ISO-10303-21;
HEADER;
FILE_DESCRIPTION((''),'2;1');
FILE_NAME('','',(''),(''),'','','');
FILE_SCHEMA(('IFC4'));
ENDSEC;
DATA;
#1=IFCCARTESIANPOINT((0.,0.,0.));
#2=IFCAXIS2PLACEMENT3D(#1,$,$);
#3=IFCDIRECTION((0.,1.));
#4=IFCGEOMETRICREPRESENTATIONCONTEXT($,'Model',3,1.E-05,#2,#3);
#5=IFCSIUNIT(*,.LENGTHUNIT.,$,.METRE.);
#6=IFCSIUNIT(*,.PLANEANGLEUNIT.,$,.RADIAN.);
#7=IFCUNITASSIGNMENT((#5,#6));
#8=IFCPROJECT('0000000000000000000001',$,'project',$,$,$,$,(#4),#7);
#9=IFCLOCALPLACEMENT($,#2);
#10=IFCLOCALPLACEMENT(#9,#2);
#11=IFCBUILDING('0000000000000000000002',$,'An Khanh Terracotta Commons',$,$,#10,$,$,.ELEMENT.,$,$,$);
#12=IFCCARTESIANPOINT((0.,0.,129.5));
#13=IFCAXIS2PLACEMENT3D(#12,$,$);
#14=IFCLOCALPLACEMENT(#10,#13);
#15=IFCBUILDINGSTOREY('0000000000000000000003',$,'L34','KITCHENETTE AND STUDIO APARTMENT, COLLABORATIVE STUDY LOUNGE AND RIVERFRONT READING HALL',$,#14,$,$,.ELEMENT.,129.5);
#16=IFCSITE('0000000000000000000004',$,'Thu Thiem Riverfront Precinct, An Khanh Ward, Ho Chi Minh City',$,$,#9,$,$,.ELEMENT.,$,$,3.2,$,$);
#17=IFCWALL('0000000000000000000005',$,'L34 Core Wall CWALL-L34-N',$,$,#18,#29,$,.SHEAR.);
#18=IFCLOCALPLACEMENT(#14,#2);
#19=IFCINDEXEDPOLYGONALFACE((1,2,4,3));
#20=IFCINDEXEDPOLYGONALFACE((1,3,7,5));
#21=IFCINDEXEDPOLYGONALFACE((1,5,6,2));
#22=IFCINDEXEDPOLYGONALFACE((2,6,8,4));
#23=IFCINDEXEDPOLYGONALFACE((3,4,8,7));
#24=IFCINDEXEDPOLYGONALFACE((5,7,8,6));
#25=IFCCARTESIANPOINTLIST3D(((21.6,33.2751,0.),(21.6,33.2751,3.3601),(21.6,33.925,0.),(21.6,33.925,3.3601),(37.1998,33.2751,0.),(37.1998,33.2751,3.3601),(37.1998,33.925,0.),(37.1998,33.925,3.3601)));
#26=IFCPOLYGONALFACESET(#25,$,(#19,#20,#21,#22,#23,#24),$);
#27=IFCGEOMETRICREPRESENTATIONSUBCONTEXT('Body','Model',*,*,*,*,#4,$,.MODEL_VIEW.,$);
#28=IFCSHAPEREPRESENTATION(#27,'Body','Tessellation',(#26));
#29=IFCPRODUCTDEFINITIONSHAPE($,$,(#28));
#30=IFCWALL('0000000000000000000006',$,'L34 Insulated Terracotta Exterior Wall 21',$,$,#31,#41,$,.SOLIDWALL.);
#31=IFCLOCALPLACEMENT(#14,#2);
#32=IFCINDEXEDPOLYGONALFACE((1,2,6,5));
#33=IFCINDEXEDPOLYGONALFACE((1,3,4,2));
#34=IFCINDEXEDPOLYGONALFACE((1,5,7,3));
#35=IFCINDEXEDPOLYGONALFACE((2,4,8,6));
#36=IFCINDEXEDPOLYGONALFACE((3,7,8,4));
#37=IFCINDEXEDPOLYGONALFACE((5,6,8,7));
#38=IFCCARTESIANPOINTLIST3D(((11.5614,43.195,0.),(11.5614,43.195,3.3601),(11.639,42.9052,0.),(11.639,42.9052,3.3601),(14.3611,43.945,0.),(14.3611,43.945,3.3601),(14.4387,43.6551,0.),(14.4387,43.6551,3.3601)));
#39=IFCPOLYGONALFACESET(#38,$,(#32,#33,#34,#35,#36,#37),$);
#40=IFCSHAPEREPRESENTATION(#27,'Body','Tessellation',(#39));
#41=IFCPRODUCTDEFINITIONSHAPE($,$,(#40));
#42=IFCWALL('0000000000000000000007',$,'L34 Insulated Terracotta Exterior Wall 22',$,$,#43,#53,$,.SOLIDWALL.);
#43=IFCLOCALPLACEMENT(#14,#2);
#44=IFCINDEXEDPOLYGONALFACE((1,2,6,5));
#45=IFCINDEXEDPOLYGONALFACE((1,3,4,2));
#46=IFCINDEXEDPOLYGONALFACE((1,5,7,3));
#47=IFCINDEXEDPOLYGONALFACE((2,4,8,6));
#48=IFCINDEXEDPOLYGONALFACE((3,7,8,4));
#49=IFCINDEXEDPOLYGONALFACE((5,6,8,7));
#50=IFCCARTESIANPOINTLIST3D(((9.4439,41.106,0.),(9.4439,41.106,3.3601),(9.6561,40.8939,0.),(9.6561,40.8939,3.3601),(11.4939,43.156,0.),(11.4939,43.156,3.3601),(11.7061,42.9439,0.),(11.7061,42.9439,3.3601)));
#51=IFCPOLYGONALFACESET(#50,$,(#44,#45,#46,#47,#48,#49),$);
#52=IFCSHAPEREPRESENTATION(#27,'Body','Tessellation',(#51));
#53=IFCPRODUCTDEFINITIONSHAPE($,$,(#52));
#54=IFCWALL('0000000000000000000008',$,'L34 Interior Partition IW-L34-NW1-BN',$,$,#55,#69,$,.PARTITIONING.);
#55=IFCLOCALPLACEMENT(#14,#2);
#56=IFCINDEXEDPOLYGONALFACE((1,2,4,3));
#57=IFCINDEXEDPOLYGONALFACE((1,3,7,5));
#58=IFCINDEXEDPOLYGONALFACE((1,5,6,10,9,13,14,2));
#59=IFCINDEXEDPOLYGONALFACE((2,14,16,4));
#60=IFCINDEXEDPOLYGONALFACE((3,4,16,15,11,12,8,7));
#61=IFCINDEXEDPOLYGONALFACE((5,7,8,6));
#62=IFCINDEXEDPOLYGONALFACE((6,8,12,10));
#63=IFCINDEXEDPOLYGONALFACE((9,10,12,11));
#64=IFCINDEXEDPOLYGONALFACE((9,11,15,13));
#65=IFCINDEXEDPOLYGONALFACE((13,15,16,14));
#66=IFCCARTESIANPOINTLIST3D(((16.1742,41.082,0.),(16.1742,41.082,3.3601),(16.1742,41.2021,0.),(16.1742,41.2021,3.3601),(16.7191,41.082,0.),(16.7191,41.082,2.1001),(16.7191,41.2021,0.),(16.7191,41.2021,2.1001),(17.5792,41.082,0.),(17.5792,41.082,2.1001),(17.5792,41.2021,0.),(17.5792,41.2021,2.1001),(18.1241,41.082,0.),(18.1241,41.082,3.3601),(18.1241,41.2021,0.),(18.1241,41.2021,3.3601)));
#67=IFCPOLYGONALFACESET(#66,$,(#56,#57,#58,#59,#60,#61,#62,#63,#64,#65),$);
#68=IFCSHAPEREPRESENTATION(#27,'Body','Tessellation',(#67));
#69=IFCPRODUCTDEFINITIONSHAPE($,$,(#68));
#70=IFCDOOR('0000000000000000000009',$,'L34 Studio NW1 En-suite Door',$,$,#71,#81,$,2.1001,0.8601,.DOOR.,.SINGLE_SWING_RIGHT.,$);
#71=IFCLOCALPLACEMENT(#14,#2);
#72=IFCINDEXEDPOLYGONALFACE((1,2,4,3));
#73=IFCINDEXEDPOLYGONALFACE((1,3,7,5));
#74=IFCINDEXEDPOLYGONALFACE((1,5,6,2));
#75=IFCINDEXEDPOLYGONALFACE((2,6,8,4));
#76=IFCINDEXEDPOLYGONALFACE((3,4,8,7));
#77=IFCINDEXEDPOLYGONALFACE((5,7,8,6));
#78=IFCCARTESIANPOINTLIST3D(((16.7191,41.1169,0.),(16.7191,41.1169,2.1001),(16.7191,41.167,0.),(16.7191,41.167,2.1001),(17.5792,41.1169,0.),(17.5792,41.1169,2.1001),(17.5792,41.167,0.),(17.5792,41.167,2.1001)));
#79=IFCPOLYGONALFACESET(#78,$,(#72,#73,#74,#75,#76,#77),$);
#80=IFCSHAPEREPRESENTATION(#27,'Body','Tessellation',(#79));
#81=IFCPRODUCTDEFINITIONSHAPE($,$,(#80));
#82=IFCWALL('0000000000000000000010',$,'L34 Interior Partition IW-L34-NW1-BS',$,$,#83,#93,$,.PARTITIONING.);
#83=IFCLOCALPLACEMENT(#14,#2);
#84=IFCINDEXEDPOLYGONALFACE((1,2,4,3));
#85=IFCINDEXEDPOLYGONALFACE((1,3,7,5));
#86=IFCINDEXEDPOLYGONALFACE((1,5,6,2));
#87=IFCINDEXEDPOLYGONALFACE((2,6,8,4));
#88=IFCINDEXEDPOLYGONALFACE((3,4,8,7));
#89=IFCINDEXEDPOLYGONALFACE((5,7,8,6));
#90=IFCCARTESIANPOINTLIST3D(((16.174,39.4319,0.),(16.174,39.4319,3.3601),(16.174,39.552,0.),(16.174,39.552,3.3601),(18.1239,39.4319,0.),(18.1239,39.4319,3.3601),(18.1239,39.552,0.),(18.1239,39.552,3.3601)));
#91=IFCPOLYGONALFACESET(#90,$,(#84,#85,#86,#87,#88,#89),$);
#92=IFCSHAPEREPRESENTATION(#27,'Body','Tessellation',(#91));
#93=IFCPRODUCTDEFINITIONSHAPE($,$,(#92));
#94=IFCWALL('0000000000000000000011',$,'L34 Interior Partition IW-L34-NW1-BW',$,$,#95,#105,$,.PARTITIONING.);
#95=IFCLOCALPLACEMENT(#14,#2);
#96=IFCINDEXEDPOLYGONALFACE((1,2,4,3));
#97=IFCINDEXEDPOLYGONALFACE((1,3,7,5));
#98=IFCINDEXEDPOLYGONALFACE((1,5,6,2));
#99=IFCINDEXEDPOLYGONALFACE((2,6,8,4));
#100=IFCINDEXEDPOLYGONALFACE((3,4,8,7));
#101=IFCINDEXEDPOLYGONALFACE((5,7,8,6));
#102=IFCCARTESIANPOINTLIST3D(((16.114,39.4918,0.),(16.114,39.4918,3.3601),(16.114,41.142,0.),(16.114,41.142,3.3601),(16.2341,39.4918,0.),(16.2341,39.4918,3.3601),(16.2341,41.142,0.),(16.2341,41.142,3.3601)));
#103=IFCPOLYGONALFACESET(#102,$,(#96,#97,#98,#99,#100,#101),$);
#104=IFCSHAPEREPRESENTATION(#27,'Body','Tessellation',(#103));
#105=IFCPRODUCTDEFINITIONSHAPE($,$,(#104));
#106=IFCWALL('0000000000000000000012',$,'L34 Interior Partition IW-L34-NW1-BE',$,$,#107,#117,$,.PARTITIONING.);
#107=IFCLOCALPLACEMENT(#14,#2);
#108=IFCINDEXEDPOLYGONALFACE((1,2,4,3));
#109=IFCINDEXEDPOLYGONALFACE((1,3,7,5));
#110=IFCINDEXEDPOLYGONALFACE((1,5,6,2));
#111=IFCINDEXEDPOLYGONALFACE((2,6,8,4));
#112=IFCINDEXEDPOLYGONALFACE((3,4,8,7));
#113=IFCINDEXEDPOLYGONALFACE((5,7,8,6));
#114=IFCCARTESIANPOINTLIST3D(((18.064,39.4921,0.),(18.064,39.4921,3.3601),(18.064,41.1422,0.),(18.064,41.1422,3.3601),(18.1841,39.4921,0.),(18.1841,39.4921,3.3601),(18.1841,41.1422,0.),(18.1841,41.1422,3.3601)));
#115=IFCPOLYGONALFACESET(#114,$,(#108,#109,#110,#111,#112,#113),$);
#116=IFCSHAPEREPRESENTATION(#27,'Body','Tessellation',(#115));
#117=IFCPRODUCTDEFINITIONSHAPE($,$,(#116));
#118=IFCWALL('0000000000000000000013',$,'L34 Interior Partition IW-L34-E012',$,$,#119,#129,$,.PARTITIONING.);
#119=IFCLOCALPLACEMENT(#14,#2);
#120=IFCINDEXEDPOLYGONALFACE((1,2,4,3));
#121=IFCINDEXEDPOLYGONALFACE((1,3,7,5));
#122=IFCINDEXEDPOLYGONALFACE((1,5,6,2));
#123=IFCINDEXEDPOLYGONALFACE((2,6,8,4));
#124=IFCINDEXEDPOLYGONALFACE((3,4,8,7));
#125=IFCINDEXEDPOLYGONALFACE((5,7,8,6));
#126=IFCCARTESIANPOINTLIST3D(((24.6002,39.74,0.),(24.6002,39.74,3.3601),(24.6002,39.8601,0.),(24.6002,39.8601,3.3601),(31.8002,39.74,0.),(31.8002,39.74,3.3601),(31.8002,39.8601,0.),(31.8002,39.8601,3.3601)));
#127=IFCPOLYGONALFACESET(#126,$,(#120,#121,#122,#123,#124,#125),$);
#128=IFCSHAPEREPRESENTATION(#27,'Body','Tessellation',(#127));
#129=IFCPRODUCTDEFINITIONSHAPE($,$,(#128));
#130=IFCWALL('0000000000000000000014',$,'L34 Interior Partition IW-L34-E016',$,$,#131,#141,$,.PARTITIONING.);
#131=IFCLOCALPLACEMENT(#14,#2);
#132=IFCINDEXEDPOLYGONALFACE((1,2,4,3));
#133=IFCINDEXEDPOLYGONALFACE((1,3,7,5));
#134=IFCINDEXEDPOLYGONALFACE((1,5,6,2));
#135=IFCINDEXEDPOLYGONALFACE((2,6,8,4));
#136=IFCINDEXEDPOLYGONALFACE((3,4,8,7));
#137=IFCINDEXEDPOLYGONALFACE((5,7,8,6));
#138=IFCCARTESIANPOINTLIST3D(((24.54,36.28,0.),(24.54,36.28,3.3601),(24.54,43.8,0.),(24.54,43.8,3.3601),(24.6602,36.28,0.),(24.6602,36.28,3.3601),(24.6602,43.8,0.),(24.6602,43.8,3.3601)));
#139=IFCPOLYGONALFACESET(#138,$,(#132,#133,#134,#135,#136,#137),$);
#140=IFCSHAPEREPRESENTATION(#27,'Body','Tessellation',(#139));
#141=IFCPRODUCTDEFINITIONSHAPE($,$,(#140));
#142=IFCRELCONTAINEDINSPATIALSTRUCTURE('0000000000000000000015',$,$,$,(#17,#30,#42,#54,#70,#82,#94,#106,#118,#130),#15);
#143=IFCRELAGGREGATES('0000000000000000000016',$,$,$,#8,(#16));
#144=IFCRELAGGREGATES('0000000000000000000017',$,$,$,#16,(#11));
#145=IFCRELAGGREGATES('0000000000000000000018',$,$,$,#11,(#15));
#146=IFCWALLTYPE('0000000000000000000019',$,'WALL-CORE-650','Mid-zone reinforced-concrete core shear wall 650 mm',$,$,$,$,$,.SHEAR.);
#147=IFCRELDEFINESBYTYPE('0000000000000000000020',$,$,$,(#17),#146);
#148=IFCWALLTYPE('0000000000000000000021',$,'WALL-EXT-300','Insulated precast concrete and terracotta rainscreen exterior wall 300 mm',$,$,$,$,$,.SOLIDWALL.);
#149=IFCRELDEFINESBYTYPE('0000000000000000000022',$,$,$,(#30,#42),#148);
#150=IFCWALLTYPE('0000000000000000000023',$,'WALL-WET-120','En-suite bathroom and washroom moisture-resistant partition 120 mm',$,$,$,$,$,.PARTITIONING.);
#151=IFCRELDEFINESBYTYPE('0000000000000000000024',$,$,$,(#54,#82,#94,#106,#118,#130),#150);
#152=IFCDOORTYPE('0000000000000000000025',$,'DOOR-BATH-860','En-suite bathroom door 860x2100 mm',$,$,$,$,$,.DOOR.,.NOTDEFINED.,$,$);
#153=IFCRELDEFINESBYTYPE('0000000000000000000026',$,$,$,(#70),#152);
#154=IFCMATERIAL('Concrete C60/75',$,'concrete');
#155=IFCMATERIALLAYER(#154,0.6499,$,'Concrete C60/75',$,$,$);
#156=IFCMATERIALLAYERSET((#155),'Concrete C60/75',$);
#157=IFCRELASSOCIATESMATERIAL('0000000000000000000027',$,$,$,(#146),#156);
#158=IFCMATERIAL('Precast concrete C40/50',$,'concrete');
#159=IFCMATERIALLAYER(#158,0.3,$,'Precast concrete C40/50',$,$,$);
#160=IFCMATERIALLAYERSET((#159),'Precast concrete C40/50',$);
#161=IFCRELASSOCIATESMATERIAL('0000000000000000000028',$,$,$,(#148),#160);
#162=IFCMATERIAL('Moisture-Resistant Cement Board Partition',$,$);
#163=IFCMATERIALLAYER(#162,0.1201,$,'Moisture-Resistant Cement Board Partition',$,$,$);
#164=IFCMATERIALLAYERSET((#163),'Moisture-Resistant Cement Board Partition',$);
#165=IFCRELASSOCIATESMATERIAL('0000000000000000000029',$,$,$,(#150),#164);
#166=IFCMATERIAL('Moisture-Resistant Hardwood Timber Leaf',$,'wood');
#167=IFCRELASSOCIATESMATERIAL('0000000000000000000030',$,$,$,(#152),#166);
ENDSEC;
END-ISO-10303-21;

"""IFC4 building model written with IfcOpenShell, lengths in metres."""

from ifc_helpers import new_model, si_unit, direction, frame, frame_2d, origin, place, context, subcontext, project, spatial, rectangle, extrude, material, layer, layer_set, type_object, element, fill, save


model = new_model("IFC4")

# Units and contexts
model_context = context("Model", 3, precision=1e-05, world=origin(), true_north=direction((0.0, 1.0)))
body_context = subcontext(model_context, "Body", "Model", "MODEL_VIEW")
ifc_project = project(units=[si_unit("LENGTHUNIT", "METRE"), si_unit("PLANEANGLEUNIT", "RADIAN")], contexts=[model_context])

# Site, building, storey
site_placement = place(None, origin())
site = spatial("IfcSite", under=ifc_project, at=site_placement, Name="Thu Thiem Riverfront Precinct, An Khanh Ward, Ho Chi Minh City", CompositionType="ELEMENT", RefElevation=3.2)
building_placement = place(site_placement, origin())
building = spatial("IfcBuilding", under=site, at=building_placement, Name="An Khanh Terracotta Commons", CompositionType="ELEMENT")
storey_placement = place(building_placement, frame((0.0, 0.0, 129.5)))
storey = spatial("IfcBuildingStorey", under=building, at=storey_placement, Name="L34", Description="KITCHENETTE AND STUDIO APARTMENT, COLLABORATIVE STUDY LOUNGE AND RIVERFRONT READING HALL", CompositionType="ELEMENT", Elevation=129.5)

# Walls
ifc_material_1 = material(Name="Concrete C60/75", Category="concrete")
ifc_layer_1 = layer(ifc_material_1, 0.6499, Name="Concrete C60/75")
ifc_layer_set_1 = layer_set([ifc_layer_1], Name="Concrete C60/75")
wall_type_1 = type_object("IfcWallType", Name="WALL-CORE-650", Description="Mid-zone reinforced-concrete core shear wall 650 mm", PredefinedType="SHEAR", material=ifc_layer_set_1)
wall_1_placement = place(storey_placement, frame((21.6001, 33.6001, 0.0), z_axis=(0.0, 0.0, 1.0), x_axis=(1.0, 0.0, 0.0)))
element("IfcWall", 1, at=wall_1_placement, inside=storey, type_object=wall_type_1, Name="L34 Core Wall CWALL-L34-N", PredefinedType="SHEAR", context=body_context, shape_type="SweptSolid", body=[
    extrude(rectangle(XDim=15.5999, YDim=0.6499, at=frame_2d((7.7998, 0.0))), origin(), (0.0, 0.0, 1.0), 3.3601),
])
ifc_material_2 = material(Name="Precast concrete C40/50", Category="concrete")
ifc_layer_2 = layer(ifc_material_2, 0.3, Name="Precast concrete C40/50")
ifc_layer_set_2 = layer_set([ifc_layer_2], Name="Precast concrete C40/50")
wall_type_2 = type_object("IfcWallType", Name="WALL-EXT-300", Description="Insulated precast concrete and terracotta rainscreen exterior wall 300 mm", PredefinedType="SOLIDWALL", material=ifc_layer_set_2)
wall_2_placement = place(storey_placement, frame((14.3999, 43.8, 0.0), z_axis=(0.0, 0.0, 1.0), x_axis=(-0.965944, -0.258753, 0.0)))
element("IfcWall", 2, at=wall_2_placement, inside=storey, type_object=wall_type_2, Name="L34 Insulated Terracotta Exterior Wall 21", PredefinedType="SOLIDWALL", context=body_context, shape_type="SweptSolid", body=[
    extrude(rectangle(XDim=2.8984, YDim=0.3, at=frame_2d((1.4492, 0.0))), origin(), (0.0, 0.0, 1.0), 3.3601),
])
wall_3_placement = place(storey_placement, frame((11.6001, 43.05, 0.0), z_axis=(0.0, 0.0, 1.0), x_axis=(-0.707107, -0.707107, 0.0)))
element("IfcWall", 3, at=wall_3_placement, inside=storey, type_object=wall_type_2, Name="L34 Insulated Terracotta Exterior Wall 22", PredefinedType="SOLIDWALL", context=body_context, shape_type="SweptSolid", body=[
    extrude(rectangle(XDim=2.8992, YDim=0.3, at=frame_2d((1.4497, 0.0))), origin(), (0.0, 0.0, 1.0), 3.3601),
])

# Wall, opening, door
ifc_material_3 = material(Name="Moisture-Resistant Cement Board Partition")
ifc_layer_3 = layer(ifc_material_3, 0.1201, Name="Moisture-Resistant Cement Board Partition")
ifc_layer_set_3 = layer_set([ifc_layer_3], Name="Moisture-Resistant Cement Board Partition")
wall_type_3 = type_object("IfcWallType", Name="WALL-WET-120", Description="En-suite bathroom and washroom moisture-resistant partition 120 mm", PredefinedType="PARTITIONING", material=ifc_layer_set_3)
wall_4_placement = place(storey_placement, frame((16.1741, 41.1421, 0.0), z_axis=(0.0, 0.0, 1.0), x_axis=(1.0, 0.0, 0.0)))
wall_4 = element("IfcWall", 4, at=wall_4_placement, inside=storey, type_object=wall_type_3, Name="L34 Interior Partition IW-L34-NW1-BN", PredefinedType="PARTITIONING", context=body_context, shape_type="SweptSolid", body=[
    extrude(rectangle(XDim=1.95, YDim=0.1201, at=frame_2d((0.9751, 0.0))), origin(), (0.0, 0.0, 1.0), 3.3601),
])
opening_placement = place(wall_4_placement, frame((0.5449, 0.0, 0.0)))
opening = element("IfcOpeningElement", 5, at=opening_placement, cuts=wall_4, PredefinedType="OPENING", context=body_context, shape_type="SweptSolid", body=[
    extrude(rectangle(XDim=0.8601, YDim=2.1001, at=frame_2d((0.4302, 1.05))), frame((0.0, 0.0701, 0.0), z_axis=(0.0, -1.0, 0.0), x_axis=(1.0, 0.0, 0.0)), (0.0, 0.0, 1.0), 0.1401),
])
ifc_material_4 = material(Name="Moisture-Resistant Hardwood Timber Leaf", Category="wood")
door_type = type_object("IfcDoorType", Name="DOOR-BATH-860", Description="En-suite bathroom door 860x2100 mm", OperationType="NOTDEFINED", PredefinedType="DOOR", material=ifc_material_4)
door_placement = place(opening_placement, origin())
door = element("IfcDoor", 6, at=door_placement, inside=storey, type_object=door_type, Name="L34 Studio NW1 En-suite Door", OperationType="SINGLE_SWING_RIGHT", OverallHeight=2.1001, OverallWidth=0.8601, PredefinedType="DOOR", context=body_context, shape_type="SweptSolid", body=[
    extrude(rectangle(XDim=0.8601, YDim=2.1001, at=frame_2d((0.4302, 1.05))), frame((0.0, 0.0249, 0.0), z_axis=(0.0, -1.0, 0.0), x_axis=(1.0, 0.0, 0.0)), (0.0, 0.0, 1.0), 0.05),
])
fill(opening, door)

# Walls
wall_5_placement = place(storey_placement, frame((18.124, 39.4919, 0.0), z_axis=(0.0, 0.0, 1.0), x_axis=(-1.0, 0.0, 0.0)))
element("IfcWall", 7, at=wall_5_placement, inside=storey, type_object=wall_type_3, Name="L34 Interior Partition IW-L34-NW1-BS", PredefinedType="PARTITIONING", context=body_context, shape_type="SweptSolid", body=[
    extrude(rectangle(XDim=1.95, YDim=0.1201, at=frame_2d((0.9751, 0.0))), origin(), (0.0, 0.0, 1.0), 3.3601),
])
for number, where, z_axis, x_axis, name in (
    (8, (16.1741, 41.1421, 0.0), (0.0, 0.0, 1.0), (0.0, -1.0, 0.0), "L34 Interior Partition IW-L34-NW1-BW"),
    (9, (18.124, 39.4919, 0.0), (0.0, 0.0, 1.0), (0.0, 1.0, 0.0), "L34 Interior Partition IW-L34-NW1-BE"),
):
    element("IfcWall", number, at=place(storey_placement, frame(where, z_axis=z_axis, x_axis=x_axis)), inside=storey, type_object=wall_type_3, Name=name, PredefinedType="PARTITIONING", context=body_context, shape_type="SweptSolid", body=[
        extrude(rectangle(XDim=1.6501, YDim=0.1201, at=frame_2d((0.8252, 0.0))), origin(), (0.0, 0.0, 1.0), 3.3601),
    ])
wall_6_placement = place(storey_placement, frame((24.6001, 39.8, 0.0), z_axis=(0.0, 0.0, 1.0), x_axis=(1.0, 0.0, 0.0)))
element("IfcWall", 10, at=wall_6_placement, inside=storey, type_object=wall_type_3, Name="L34 Interior Partition IW-L34-E012", PredefinedType="PARTITIONING", context=body_context, shape_type="SweptSolid", body=[
    extrude(rectangle(XDim=7.2, YDim=0.1201, at=frame_2d((3.6001, 0.0))), origin(), (0.0, 0.0, 1.0), 3.3601),
])
wall_7_placement = place(storey_placement, frame((24.6001, 36.28, 0.0), z_axis=(0.0, 0.0, 1.0), x_axis=(0.0, 1.0, 0.0)))
element("IfcWall", 11, at=wall_7_placement, inside=storey, type_object=wall_type_3, Name="L34 Interior Partition IW-L34-E016", PredefinedType="PARTITIONING", context=body_context, shape_type="SweptSolid", body=[
    extrude(rectangle(XDim=7.52, YDim=0.1201, at=frame_2d((3.76, 0.0))), origin(), (0.0, 0.0, 1.0), 3.3601),
])

save(model, "model.ifc")
